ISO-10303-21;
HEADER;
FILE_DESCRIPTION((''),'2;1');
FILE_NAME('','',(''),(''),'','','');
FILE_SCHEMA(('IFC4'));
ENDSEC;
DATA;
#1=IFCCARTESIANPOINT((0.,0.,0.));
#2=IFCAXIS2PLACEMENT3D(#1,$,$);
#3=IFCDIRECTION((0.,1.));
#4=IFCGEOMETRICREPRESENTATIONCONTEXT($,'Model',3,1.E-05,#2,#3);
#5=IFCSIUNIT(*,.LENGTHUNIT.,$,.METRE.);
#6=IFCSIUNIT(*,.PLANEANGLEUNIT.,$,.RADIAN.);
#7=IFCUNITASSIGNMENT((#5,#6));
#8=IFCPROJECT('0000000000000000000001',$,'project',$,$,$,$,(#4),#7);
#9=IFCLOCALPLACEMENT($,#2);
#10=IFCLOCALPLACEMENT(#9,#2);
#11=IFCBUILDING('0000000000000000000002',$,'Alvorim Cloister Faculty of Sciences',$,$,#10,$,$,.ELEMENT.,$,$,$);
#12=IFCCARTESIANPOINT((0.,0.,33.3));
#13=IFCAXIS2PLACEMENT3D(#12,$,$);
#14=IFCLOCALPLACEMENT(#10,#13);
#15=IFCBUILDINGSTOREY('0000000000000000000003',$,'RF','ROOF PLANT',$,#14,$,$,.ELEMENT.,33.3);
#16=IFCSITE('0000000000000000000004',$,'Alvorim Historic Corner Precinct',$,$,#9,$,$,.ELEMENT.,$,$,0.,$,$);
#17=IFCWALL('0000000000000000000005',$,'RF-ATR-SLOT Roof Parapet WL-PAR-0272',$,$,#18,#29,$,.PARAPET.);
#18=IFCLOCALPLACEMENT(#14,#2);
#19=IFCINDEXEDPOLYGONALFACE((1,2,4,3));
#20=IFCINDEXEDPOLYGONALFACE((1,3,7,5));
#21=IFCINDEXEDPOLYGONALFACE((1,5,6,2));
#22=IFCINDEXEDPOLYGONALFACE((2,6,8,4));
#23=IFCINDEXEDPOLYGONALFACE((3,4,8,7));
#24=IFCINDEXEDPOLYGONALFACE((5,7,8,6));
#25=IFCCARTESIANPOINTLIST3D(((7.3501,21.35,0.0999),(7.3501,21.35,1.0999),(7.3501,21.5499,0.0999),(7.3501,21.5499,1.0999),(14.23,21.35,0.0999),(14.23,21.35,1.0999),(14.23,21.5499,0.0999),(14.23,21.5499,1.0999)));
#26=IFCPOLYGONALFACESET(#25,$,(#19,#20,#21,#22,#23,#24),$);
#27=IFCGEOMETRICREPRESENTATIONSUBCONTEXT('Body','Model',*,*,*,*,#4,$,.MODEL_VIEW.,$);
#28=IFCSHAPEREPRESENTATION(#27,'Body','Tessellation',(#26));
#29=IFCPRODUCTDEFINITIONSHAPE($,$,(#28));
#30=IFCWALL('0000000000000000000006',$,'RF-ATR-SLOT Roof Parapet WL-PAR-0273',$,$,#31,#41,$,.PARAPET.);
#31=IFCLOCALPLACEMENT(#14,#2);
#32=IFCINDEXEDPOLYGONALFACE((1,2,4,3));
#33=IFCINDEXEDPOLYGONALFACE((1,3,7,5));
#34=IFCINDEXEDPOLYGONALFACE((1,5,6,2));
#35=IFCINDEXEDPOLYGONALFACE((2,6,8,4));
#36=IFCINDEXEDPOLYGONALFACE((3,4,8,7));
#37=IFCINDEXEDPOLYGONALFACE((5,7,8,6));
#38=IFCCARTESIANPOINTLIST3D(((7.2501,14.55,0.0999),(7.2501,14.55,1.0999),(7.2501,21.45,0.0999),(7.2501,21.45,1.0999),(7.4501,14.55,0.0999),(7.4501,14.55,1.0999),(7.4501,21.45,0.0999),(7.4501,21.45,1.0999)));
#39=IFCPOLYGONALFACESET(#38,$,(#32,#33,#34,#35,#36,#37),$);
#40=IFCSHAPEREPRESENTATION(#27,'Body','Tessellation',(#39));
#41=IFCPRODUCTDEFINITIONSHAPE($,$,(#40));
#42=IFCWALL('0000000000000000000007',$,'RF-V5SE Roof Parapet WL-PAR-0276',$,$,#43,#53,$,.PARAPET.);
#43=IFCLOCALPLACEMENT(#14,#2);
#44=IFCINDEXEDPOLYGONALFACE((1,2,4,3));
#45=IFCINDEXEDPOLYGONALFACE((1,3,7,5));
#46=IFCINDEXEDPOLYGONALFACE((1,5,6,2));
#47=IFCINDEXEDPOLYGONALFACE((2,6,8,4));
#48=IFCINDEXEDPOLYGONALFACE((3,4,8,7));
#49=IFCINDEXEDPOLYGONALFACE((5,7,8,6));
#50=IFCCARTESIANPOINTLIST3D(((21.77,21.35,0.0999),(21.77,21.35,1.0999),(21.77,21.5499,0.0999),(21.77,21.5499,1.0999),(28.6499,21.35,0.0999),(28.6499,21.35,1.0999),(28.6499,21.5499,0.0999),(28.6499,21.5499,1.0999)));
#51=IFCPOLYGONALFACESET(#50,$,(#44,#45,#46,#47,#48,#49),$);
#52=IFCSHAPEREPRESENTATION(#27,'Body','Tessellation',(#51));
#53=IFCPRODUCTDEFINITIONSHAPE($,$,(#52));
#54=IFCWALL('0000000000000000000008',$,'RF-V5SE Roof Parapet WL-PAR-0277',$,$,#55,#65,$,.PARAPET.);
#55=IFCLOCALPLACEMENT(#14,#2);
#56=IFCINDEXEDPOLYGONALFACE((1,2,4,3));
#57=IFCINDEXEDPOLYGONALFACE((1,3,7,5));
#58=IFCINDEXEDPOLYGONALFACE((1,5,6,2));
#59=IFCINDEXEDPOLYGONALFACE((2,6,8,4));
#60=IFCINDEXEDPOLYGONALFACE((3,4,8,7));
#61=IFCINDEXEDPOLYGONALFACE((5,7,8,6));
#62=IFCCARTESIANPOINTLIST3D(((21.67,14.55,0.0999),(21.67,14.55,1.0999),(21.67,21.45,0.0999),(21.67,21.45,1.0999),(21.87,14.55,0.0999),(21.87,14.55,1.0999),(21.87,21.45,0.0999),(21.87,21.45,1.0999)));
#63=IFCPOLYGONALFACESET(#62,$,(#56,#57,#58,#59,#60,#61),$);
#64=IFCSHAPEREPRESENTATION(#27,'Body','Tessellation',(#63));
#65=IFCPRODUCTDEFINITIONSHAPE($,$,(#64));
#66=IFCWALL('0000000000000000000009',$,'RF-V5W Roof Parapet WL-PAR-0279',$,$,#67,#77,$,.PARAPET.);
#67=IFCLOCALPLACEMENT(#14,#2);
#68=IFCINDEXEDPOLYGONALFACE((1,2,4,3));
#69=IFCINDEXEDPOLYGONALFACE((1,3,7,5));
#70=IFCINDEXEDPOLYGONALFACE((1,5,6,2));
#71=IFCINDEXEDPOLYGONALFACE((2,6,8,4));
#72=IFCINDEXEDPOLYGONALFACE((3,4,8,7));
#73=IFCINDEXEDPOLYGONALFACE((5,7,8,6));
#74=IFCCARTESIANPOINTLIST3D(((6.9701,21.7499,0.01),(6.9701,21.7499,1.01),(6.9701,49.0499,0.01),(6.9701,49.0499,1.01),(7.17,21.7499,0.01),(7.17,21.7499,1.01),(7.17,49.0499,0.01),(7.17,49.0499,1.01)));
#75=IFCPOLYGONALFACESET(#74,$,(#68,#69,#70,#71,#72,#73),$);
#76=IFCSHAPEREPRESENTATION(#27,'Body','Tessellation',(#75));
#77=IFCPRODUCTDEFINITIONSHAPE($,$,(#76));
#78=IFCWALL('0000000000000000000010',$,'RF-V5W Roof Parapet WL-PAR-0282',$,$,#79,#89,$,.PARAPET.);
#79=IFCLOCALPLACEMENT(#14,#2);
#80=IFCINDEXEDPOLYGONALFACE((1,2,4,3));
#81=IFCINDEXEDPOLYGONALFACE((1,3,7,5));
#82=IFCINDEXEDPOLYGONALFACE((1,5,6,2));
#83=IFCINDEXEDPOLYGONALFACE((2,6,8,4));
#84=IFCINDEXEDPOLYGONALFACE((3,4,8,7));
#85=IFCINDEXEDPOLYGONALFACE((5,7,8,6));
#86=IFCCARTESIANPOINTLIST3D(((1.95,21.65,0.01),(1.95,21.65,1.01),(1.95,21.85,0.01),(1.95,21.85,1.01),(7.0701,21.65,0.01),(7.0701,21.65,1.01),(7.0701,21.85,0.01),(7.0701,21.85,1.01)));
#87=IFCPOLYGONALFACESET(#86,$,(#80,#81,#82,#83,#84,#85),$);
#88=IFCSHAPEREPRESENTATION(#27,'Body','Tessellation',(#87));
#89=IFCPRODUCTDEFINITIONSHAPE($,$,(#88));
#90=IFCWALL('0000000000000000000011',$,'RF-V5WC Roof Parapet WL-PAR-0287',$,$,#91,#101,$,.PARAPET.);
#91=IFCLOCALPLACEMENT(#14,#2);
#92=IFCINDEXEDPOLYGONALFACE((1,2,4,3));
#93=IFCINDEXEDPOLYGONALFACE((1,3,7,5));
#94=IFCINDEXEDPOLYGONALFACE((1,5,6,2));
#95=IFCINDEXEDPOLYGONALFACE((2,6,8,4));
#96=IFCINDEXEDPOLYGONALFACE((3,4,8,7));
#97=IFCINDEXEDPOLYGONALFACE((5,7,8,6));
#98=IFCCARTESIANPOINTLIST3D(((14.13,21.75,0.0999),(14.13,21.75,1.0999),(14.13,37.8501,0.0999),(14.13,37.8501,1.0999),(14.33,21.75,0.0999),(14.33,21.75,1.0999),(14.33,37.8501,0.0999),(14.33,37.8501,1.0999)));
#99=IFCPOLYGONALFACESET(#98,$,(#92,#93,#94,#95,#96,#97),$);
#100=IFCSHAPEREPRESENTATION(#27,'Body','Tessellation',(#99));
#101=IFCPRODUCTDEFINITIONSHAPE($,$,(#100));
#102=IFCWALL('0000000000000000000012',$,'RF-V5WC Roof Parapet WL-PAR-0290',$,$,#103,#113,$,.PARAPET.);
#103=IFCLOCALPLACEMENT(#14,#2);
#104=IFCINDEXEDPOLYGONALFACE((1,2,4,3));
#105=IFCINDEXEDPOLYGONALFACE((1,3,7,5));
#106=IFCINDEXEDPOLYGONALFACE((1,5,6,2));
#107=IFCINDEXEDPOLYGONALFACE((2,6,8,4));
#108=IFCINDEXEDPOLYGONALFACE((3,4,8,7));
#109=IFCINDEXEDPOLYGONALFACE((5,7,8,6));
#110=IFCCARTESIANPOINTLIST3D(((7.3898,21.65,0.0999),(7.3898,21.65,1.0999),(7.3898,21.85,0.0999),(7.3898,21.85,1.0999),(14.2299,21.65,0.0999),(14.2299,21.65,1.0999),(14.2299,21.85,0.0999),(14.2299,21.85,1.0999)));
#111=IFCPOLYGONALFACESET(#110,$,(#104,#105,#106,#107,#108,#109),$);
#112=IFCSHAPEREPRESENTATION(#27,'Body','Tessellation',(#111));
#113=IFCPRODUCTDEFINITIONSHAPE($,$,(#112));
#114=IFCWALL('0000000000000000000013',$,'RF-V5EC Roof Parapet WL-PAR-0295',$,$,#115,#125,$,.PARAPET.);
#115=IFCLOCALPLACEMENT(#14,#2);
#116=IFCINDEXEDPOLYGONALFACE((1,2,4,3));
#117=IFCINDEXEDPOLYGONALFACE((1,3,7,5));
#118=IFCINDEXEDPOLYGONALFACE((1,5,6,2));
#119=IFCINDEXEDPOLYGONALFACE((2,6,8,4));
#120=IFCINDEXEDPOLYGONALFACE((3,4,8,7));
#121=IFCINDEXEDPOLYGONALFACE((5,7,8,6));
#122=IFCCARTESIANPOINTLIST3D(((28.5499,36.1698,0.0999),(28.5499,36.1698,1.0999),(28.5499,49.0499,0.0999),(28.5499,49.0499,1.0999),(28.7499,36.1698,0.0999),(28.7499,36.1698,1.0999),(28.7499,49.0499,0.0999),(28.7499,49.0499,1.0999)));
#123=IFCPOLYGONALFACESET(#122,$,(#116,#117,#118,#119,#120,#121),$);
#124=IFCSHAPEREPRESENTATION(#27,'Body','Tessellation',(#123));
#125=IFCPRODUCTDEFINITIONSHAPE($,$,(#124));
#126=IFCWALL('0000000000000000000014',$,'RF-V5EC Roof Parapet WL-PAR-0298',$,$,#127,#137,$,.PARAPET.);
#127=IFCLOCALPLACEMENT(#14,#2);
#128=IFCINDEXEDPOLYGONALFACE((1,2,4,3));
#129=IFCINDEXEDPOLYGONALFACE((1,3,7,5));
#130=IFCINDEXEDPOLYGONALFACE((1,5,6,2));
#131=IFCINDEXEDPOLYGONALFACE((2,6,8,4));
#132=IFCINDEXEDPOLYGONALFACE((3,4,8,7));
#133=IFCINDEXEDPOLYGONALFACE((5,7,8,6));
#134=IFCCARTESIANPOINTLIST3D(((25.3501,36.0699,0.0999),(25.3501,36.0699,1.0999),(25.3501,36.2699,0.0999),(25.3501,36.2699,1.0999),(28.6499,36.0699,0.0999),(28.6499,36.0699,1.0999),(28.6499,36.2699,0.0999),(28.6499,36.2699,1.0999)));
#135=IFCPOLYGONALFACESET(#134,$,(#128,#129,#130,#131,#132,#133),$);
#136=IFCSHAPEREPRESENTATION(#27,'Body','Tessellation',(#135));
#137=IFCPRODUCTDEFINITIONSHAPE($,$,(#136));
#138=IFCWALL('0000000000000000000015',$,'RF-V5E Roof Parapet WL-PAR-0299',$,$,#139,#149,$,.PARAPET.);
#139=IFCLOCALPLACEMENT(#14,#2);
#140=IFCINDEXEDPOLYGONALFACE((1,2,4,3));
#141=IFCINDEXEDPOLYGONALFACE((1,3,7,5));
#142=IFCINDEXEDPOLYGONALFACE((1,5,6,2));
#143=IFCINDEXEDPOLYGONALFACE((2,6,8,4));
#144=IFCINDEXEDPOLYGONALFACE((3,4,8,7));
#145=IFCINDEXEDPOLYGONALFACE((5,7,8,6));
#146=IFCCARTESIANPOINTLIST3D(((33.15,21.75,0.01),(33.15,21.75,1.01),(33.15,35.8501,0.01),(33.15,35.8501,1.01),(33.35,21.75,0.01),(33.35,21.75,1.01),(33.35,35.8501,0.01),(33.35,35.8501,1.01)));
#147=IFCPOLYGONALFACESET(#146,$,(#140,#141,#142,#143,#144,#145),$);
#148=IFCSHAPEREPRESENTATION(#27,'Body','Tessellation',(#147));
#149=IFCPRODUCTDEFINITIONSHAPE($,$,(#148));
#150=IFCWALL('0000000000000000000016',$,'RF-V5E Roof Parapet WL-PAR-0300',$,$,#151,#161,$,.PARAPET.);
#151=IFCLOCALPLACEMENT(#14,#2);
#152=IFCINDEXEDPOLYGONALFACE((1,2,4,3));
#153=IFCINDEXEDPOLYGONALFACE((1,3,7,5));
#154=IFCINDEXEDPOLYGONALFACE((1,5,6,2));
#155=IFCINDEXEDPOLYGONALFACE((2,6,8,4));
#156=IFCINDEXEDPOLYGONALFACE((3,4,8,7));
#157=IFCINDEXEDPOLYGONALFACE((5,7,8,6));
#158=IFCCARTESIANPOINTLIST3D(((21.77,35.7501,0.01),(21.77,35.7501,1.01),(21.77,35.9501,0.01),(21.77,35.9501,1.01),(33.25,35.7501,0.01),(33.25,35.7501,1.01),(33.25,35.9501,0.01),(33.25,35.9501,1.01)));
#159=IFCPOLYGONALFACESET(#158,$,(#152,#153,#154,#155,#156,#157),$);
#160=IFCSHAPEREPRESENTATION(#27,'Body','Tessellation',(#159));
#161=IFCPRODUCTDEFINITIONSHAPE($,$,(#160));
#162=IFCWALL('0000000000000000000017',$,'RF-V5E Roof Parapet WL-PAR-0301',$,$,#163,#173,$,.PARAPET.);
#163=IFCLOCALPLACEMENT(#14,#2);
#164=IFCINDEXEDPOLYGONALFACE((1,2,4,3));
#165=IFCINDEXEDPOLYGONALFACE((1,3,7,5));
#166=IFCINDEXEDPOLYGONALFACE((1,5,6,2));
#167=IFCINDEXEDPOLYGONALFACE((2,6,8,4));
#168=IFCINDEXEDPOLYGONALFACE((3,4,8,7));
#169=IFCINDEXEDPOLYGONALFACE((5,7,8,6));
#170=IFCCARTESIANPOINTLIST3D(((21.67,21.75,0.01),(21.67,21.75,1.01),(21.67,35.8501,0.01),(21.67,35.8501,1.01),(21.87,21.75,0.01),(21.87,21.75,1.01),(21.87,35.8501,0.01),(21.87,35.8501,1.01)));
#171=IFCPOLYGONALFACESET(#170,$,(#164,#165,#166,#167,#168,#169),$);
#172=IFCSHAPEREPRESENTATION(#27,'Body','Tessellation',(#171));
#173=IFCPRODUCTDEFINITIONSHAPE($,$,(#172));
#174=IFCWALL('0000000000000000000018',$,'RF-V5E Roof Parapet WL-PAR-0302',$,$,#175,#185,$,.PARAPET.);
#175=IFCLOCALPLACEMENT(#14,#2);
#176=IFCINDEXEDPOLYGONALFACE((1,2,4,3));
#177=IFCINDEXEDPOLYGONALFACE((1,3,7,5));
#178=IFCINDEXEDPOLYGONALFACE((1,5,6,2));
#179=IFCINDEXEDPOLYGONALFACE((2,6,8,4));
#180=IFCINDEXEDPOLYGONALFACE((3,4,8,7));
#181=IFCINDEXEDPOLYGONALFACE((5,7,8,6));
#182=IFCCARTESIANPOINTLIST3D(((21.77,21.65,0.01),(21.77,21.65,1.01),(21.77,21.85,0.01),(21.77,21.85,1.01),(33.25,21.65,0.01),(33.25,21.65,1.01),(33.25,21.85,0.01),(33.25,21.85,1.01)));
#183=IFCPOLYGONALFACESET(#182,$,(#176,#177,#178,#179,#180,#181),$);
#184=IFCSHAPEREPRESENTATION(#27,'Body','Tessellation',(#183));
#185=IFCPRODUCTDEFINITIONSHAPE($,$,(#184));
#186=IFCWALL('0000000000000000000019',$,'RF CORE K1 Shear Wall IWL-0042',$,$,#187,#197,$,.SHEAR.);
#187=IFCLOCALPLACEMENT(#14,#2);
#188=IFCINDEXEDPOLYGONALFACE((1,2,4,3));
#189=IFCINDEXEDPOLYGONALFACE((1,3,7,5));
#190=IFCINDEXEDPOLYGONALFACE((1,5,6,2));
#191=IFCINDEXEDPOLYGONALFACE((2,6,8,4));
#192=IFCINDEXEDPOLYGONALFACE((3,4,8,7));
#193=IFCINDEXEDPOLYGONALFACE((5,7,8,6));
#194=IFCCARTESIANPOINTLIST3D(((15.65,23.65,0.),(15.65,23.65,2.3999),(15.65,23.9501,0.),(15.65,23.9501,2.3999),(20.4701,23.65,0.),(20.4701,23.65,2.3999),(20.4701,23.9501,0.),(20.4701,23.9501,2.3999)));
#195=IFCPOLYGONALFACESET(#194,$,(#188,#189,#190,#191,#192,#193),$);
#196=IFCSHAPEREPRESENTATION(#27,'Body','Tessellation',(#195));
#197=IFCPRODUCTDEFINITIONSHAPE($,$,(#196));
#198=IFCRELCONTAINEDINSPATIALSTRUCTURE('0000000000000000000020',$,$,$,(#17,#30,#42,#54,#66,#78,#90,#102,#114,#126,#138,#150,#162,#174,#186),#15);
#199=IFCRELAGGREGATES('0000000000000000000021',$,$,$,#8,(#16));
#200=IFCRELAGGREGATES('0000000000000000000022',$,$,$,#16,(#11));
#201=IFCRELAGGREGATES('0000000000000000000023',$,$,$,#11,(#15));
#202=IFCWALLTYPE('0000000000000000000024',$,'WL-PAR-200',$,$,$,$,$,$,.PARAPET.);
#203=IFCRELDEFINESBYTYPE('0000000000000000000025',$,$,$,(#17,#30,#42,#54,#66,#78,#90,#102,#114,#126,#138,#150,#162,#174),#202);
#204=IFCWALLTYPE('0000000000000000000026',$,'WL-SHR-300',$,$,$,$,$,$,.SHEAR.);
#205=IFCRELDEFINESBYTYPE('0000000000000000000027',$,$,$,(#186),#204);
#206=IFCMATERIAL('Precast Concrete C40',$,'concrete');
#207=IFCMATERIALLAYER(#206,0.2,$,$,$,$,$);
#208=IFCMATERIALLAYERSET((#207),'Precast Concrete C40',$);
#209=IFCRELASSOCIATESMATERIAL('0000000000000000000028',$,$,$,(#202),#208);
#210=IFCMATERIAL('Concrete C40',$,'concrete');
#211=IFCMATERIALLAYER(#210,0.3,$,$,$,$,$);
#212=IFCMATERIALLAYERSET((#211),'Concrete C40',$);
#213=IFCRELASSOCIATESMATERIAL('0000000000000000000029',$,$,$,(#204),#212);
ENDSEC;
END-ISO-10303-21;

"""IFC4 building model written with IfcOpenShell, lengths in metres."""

from ifc_helpers import new_model, si_unit, direction, frame, frame_2d, origin, place, context, subcontext, project, spatial, rectangle, extrude, material, layer, layer_set, type_object, element, save


model = new_model("IFC4")

# Units and contexts
model_context = context("Model", 3, precision=1e-05, world=origin(), true_north=direction((0.0, 1.0)))
body_context = subcontext(model_context, "Body", "Model", "MODEL_VIEW")
ifc_project = project(units=[si_unit("LENGTHUNIT", "METRE"), si_unit("PLANEANGLEUNIT", "RADIAN")], contexts=[model_context])

# Site, building, storey
site_placement = place(None, origin())
site = spatial("IfcSite", under=ifc_project, at=site_placement, Name="Alvorim Historic Corner Precinct", CompositionType="ELEMENT", RefElevation=0.0)
building_placement = place(site_placement, origin())
building = spatial("IfcBuilding", under=site, at=building_placement, Name="Alvorim Cloister Faculty of Sciences", CompositionType="ELEMENT")
storey_placement = place(building_placement, frame((0.0, 0.0, 33.3)))
storey = spatial("IfcBuildingStorey", under=building, at=storey_placement, Name="RF", Description="ROOF PLANT", CompositionType="ELEMENT", Elevation=33.3)

# Walls
ifc_material_1 = material(Name="Precast Concrete C40", Category="concrete")
ifc_layer_1 = layer(ifc_material_1, 0.2)
ifc_layer_set_1 = layer_set([ifc_layer_1], Name="Precast Concrete C40")
wall_type_1 = type_object("IfcWallType", Name="WL-PAR-200", PredefinedType="PARAPET", material=ifc_layer_set_1)
wall_1_placement = place(storey_placement, frame((14.23, 21.45, 0.0999), z_axis=(0.0, 0.0, 1.0), x_axis=(-1.0, 0.0, 0.0)))
element("IfcWall", 1, at=wall_1_placement, inside=storey, type_object=wall_type_1, Name="RF-ATR-SLOT Roof Parapet WL-PAR-0272", PredefinedType="PARAPET", context=body_context, shape_type="SweptSolid", body=[
    extrude(rectangle(XDim=6.8799, YDim=0.2, at=frame_2d((3.4399, 0.0))), origin(), (0.0, 0.0, 1.0), 1.0),
])
wall_2_placement = place(storey_placement, frame((7.3501, 21.45, 0.0999), z_axis=(0.0, 0.0, 1.0), x_axis=(0.0, -1.0, 0.0)))
element("IfcWall", 2, at=wall_2_placement, inside=storey, type_object=wall_type_1, Name="RF-ATR-SLOT Roof Parapet WL-PAR-0273", PredefinedType="PARAPET", context=body_context, shape_type="SweptSolid", body=[
    extrude(rectangle(XDim=6.8999, YDim=0.2, at=frame_2d((3.45, 0.0))), origin(), (0.0, 0.0, 1.0), 1.0),
])
wall_3_placement = place(storey_placement, frame((28.6499, 21.45, 0.0999), z_axis=(0.0, 0.0, 1.0), x_axis=(-1.0, 0.0, 0.0)))
element("IfcWall", 3, at=wall_3_placement, inside=storey, type_object=wall_type_1, Name="RF-V5SE Roof Parapet WL-PAR-0276", PredefinedType="PARAPET", context=body_context, shape_type="SweptSolid", body=[
    extrude(rectangle(XDim=6.8799, YDim=0.2, at=frame_2d((3.4399, 0.0))), origin(), (0.0, 0.0, 1.0), 1.0),
])
wall_4_placement = place(storey_placement, frame((21.77, 21.45, 0.0999), z_axis=(0.0, 0.0, 1.0), x_axis=(0.0, -1.0, 0.0)))
element("IfcWall", 4, at=wall_4_placement, inside=storey, type_object=wall_type_1, Name="RF-V5SE Roof Parapet WL-PAR-0277", PredefinedType="PARAPET", context=body_context, shape_type="SweptSolid", body=[
    extrude(rectangle(XDim=6.8999, YDim=0.2, at=frame_2d((3.45, 0.0))), origin(), (0.0, 0.0, 1.0), 1.0),
])
wall_5_placement = place(storey_placement, frame((7.0701, 21.75, 0.01), z_axis=(0.0, 0.0, 1.0), x_axis=(0.0, 1.0, 0.0)))
element("IfcWall", 5, at=wall_5_placement, inside=storey, type_object=wall_type_1, Name="RF-V5W Roof Parapet WL-PAR-0279", PredefinedType="PARAPET", context=body_context, shape_type="SweptSolid", body=[
    extrude(rectangle(XDim=27.3, YDim=0.2, at=frame_2d((13.6499, 0.0))), origin(), (0.0, 0.0, 1.0), 1.0),
])
wall_6_placement = place(storey_placement, frame((1.95, 21.75, 0.01), z_axis=(0.0, 0.0, 1.0), x_axis=(1.0, 0.0, 0.0)))
element("IfcWall", 6, at=wall_6_placement, inside=storey, type_object=wall_type_1, Name="RF-V5W Roof Parapet WL-PAR-0282", PredefinedType="PARAPET", context=body_context, shape_type="SweptSolid", body=[
    extrude(rectangle(XDim=5.1201, YDim=0.2, at=frame_2d((2.5601, 0.0))), origin(), (0.0, 0.0, 1.0), 1.0),
])
wall_7_placement = place(storey_placement, frame((14.23, 21.75, 0.0999), z_axis=(0.0, 0.0, 1.0), x_axis=(0.0, 1.0, 0.0)))
element("IfcWall", 7, at=wall_7_placement, inside=storey, type_object=wall_type_1, Name="RF-V5WC Roof Parapet WL-PAR-0287", PredefinedType="PARAPET", context=body_context, shape_type="SweptSolid", body=[
    extrude(rectangle(XDim=16.1001, YDim=0.2, at=frame_2d((8.05, 0.0))), origin(), (0.0, 0.0, 1.0), 1.0),
])
wall_8_placement = place(storey_placement, frame((7.3899, 21.75, 0.0999), z_axis=(0.0, 0.0, 1.0), x_axis=(1.0, 0.0, 0.0)))
element("IfcWall", 8, at=wall_8_placement, inside=storey, type_object=wall_type_1, Name="RF-V5WC Roof Parapet WL-PAR-0290", PredefinedType="PARAPET", context=body_context, shape_type="SweptSolid", body=[
    extrude(rectangle(XDim=6.8401, YDim=0.2, at=frame_2d((3.4199, 0.0))), origin(), (0.0, 0.0, 1.0), 1.0),
])
wall_9_placement = place(storey_placement, frame((28.6499, 36.1699, 0.0999), z_axis=(0.0, 0.0, 1.0), x_axis=(0.0, 1.0, 0.0)))
element("IfcWall", 9, at=wall_9_placement, inside=storey, type_object=wall_type_1, Name="RF-V5EC Roof Parapet WL-PAR-0295", PredefinedType="PARAPET", context=body_context, shape_type="SweptSolid", body=[
    extrude(rectangle(XDim=12.8801, YDim=0.2, at=frame_2d((6.4399, 0.0))), origin(), (0.0, 0.0, 1.0), 1.0),
])
wall_10_placement = place(storey_placement, frame((25.3501, 36.1699, 0.0999), z_axis=(0.0, 0.0, 1.0), x_axis=(1.0, 0.0, 0.0)))
element("IfcWall", 10, at=wall_10_placement, inside=storey, type_object=wall_type_1, Name="RF-V5EC Roof Parapet WL-PAR-0298", PredefinedType="PARAPET", context=body_context, shape_type="SweptSolid", body=[
    extrude(rectangle(XDim=3.2998, YDim=0.2, at=frame_2d((1.6499, 0.0))), origin(), (0.0, 0.0, 1.0), 1.0),
])
wall_11_placement = place(storey_placement, frame((33.25, 21.75, 0.01), z_axis=(0.0, 0.0, 1.0), x_axis=(0.0, 1.0, 0.0)))
element("IfcWall", 11, at=wall_11_placement, inside=storey, type_object=wall_type_1, Name="RF-V5E Roof Parapet WL-PAR-0299", PredefinedType="PARAPET", context=body_context, shape_type="SweptSolid", body=[
    extrude(rectangle(XDim=14.1001, YDim=0.2, at=frame_2d((7.05, 0.0))), origin(), (0.0, 0.0, 1.0), 1.0),
])
wall_12_placement = place(storey_placement, frame((33.25, 35.8501, 0.01), z_axis=(0.0, 0.0, 1.0), x_axis=(-1.0, 0.0, 0.0)))
element("IfcWall", 12, at=wall_12_placement, inside=storey, type_object=wall_type_1, Name="RF-V5E Roof Parapet WL-PAR-0300", PredefinedType="PARAPET", context=body_context, shape_type="SweptSolid", body=[
    extrude(rectangle(XDim=11.48, YDim=0.2, at=frame_2d((5.74, 0.0))), origin(), (0.0, 0.0, 1.0), 1.0),
])
wall_13_placement = place(storey_placement, frame((21.77, 35.8501, 0.01), z_axis=(0.0, 0.0, 1.0), x_axis=(0.0, -1.0, 0.0)))
element("IfcWall", 13, at=wall_13_placement, inside=storey, type_object=wall_type_1, Name="RF-V5E Roof Parapet WL-PAR-0301", PredefinedType="PARAPET", context=body_context, shape_type="SweptSolid", body=[
    extrude(rectangle(XDim=14.1001, YDim=0.2, at=frame_2d((7.05, 0.0))), origin(), (0.0, 0.0, 1.0), 1.0),
])
wall_14_placement = place(storey_placement, frame((21.77, 21.75, 0.01), z_axis=(0.0, 0.0, 1.0), x_axis=(1.0, 0.0, 0.0)))
element("IfcWall", 14, at=wall_14_placement, inside=storey, type_object=wall_type_1, Name="RF-V5E Roof Parapet WL-PAR-0302", PredefinedType="PARAPET", context=body_context, shape_type="SweptSolid", body=[
    extrude(rectangle(XDim=11.48, YDim=0.2, at=frame_2d((5.74, 0.0))), origin(), (0.0, 0.0, 1.0), 1.0),
])
ifc_material_2 = material(Name="Concrete C40", Category="concrete")
ifc_layer_2 = layer(ifc_material_2, 0.3)
ifc_layer_set_2 = layer_set([ifc_layer_2], Name="Concrete C40")
wall_type_2 = type_object("IfcWallType", Name="WL-SHR-300", PredefinedType="SHEAR", material=ifc_layer_set_2)
for number, where, z_axis, x_axis, name in (
    (15, (15.6499, 23.8, 0.0), (0.0, 0.0, 1.0), (1.0, 0.0, 0.0), "RF CORE K1 Shear Wall IWL-0042"),
):
    element("IfcWall", number, at=place(storey_placement, frame(where, z_axis=z_axis, x_axis=x_axis)), inside=storey, type_object=wall_type_2, Name=name, PredefinedType="SHEAR", context=body_context, shape_type="SweptSolid", body=[
        extrude(rectangle(XDim=4.8201, YDim=0.3, at=frame_2d((2.4102, 0.0))), origin(), (0.0, 0.0, 1.0), 2.3999),
    ])

save(model, "model.ifc")
